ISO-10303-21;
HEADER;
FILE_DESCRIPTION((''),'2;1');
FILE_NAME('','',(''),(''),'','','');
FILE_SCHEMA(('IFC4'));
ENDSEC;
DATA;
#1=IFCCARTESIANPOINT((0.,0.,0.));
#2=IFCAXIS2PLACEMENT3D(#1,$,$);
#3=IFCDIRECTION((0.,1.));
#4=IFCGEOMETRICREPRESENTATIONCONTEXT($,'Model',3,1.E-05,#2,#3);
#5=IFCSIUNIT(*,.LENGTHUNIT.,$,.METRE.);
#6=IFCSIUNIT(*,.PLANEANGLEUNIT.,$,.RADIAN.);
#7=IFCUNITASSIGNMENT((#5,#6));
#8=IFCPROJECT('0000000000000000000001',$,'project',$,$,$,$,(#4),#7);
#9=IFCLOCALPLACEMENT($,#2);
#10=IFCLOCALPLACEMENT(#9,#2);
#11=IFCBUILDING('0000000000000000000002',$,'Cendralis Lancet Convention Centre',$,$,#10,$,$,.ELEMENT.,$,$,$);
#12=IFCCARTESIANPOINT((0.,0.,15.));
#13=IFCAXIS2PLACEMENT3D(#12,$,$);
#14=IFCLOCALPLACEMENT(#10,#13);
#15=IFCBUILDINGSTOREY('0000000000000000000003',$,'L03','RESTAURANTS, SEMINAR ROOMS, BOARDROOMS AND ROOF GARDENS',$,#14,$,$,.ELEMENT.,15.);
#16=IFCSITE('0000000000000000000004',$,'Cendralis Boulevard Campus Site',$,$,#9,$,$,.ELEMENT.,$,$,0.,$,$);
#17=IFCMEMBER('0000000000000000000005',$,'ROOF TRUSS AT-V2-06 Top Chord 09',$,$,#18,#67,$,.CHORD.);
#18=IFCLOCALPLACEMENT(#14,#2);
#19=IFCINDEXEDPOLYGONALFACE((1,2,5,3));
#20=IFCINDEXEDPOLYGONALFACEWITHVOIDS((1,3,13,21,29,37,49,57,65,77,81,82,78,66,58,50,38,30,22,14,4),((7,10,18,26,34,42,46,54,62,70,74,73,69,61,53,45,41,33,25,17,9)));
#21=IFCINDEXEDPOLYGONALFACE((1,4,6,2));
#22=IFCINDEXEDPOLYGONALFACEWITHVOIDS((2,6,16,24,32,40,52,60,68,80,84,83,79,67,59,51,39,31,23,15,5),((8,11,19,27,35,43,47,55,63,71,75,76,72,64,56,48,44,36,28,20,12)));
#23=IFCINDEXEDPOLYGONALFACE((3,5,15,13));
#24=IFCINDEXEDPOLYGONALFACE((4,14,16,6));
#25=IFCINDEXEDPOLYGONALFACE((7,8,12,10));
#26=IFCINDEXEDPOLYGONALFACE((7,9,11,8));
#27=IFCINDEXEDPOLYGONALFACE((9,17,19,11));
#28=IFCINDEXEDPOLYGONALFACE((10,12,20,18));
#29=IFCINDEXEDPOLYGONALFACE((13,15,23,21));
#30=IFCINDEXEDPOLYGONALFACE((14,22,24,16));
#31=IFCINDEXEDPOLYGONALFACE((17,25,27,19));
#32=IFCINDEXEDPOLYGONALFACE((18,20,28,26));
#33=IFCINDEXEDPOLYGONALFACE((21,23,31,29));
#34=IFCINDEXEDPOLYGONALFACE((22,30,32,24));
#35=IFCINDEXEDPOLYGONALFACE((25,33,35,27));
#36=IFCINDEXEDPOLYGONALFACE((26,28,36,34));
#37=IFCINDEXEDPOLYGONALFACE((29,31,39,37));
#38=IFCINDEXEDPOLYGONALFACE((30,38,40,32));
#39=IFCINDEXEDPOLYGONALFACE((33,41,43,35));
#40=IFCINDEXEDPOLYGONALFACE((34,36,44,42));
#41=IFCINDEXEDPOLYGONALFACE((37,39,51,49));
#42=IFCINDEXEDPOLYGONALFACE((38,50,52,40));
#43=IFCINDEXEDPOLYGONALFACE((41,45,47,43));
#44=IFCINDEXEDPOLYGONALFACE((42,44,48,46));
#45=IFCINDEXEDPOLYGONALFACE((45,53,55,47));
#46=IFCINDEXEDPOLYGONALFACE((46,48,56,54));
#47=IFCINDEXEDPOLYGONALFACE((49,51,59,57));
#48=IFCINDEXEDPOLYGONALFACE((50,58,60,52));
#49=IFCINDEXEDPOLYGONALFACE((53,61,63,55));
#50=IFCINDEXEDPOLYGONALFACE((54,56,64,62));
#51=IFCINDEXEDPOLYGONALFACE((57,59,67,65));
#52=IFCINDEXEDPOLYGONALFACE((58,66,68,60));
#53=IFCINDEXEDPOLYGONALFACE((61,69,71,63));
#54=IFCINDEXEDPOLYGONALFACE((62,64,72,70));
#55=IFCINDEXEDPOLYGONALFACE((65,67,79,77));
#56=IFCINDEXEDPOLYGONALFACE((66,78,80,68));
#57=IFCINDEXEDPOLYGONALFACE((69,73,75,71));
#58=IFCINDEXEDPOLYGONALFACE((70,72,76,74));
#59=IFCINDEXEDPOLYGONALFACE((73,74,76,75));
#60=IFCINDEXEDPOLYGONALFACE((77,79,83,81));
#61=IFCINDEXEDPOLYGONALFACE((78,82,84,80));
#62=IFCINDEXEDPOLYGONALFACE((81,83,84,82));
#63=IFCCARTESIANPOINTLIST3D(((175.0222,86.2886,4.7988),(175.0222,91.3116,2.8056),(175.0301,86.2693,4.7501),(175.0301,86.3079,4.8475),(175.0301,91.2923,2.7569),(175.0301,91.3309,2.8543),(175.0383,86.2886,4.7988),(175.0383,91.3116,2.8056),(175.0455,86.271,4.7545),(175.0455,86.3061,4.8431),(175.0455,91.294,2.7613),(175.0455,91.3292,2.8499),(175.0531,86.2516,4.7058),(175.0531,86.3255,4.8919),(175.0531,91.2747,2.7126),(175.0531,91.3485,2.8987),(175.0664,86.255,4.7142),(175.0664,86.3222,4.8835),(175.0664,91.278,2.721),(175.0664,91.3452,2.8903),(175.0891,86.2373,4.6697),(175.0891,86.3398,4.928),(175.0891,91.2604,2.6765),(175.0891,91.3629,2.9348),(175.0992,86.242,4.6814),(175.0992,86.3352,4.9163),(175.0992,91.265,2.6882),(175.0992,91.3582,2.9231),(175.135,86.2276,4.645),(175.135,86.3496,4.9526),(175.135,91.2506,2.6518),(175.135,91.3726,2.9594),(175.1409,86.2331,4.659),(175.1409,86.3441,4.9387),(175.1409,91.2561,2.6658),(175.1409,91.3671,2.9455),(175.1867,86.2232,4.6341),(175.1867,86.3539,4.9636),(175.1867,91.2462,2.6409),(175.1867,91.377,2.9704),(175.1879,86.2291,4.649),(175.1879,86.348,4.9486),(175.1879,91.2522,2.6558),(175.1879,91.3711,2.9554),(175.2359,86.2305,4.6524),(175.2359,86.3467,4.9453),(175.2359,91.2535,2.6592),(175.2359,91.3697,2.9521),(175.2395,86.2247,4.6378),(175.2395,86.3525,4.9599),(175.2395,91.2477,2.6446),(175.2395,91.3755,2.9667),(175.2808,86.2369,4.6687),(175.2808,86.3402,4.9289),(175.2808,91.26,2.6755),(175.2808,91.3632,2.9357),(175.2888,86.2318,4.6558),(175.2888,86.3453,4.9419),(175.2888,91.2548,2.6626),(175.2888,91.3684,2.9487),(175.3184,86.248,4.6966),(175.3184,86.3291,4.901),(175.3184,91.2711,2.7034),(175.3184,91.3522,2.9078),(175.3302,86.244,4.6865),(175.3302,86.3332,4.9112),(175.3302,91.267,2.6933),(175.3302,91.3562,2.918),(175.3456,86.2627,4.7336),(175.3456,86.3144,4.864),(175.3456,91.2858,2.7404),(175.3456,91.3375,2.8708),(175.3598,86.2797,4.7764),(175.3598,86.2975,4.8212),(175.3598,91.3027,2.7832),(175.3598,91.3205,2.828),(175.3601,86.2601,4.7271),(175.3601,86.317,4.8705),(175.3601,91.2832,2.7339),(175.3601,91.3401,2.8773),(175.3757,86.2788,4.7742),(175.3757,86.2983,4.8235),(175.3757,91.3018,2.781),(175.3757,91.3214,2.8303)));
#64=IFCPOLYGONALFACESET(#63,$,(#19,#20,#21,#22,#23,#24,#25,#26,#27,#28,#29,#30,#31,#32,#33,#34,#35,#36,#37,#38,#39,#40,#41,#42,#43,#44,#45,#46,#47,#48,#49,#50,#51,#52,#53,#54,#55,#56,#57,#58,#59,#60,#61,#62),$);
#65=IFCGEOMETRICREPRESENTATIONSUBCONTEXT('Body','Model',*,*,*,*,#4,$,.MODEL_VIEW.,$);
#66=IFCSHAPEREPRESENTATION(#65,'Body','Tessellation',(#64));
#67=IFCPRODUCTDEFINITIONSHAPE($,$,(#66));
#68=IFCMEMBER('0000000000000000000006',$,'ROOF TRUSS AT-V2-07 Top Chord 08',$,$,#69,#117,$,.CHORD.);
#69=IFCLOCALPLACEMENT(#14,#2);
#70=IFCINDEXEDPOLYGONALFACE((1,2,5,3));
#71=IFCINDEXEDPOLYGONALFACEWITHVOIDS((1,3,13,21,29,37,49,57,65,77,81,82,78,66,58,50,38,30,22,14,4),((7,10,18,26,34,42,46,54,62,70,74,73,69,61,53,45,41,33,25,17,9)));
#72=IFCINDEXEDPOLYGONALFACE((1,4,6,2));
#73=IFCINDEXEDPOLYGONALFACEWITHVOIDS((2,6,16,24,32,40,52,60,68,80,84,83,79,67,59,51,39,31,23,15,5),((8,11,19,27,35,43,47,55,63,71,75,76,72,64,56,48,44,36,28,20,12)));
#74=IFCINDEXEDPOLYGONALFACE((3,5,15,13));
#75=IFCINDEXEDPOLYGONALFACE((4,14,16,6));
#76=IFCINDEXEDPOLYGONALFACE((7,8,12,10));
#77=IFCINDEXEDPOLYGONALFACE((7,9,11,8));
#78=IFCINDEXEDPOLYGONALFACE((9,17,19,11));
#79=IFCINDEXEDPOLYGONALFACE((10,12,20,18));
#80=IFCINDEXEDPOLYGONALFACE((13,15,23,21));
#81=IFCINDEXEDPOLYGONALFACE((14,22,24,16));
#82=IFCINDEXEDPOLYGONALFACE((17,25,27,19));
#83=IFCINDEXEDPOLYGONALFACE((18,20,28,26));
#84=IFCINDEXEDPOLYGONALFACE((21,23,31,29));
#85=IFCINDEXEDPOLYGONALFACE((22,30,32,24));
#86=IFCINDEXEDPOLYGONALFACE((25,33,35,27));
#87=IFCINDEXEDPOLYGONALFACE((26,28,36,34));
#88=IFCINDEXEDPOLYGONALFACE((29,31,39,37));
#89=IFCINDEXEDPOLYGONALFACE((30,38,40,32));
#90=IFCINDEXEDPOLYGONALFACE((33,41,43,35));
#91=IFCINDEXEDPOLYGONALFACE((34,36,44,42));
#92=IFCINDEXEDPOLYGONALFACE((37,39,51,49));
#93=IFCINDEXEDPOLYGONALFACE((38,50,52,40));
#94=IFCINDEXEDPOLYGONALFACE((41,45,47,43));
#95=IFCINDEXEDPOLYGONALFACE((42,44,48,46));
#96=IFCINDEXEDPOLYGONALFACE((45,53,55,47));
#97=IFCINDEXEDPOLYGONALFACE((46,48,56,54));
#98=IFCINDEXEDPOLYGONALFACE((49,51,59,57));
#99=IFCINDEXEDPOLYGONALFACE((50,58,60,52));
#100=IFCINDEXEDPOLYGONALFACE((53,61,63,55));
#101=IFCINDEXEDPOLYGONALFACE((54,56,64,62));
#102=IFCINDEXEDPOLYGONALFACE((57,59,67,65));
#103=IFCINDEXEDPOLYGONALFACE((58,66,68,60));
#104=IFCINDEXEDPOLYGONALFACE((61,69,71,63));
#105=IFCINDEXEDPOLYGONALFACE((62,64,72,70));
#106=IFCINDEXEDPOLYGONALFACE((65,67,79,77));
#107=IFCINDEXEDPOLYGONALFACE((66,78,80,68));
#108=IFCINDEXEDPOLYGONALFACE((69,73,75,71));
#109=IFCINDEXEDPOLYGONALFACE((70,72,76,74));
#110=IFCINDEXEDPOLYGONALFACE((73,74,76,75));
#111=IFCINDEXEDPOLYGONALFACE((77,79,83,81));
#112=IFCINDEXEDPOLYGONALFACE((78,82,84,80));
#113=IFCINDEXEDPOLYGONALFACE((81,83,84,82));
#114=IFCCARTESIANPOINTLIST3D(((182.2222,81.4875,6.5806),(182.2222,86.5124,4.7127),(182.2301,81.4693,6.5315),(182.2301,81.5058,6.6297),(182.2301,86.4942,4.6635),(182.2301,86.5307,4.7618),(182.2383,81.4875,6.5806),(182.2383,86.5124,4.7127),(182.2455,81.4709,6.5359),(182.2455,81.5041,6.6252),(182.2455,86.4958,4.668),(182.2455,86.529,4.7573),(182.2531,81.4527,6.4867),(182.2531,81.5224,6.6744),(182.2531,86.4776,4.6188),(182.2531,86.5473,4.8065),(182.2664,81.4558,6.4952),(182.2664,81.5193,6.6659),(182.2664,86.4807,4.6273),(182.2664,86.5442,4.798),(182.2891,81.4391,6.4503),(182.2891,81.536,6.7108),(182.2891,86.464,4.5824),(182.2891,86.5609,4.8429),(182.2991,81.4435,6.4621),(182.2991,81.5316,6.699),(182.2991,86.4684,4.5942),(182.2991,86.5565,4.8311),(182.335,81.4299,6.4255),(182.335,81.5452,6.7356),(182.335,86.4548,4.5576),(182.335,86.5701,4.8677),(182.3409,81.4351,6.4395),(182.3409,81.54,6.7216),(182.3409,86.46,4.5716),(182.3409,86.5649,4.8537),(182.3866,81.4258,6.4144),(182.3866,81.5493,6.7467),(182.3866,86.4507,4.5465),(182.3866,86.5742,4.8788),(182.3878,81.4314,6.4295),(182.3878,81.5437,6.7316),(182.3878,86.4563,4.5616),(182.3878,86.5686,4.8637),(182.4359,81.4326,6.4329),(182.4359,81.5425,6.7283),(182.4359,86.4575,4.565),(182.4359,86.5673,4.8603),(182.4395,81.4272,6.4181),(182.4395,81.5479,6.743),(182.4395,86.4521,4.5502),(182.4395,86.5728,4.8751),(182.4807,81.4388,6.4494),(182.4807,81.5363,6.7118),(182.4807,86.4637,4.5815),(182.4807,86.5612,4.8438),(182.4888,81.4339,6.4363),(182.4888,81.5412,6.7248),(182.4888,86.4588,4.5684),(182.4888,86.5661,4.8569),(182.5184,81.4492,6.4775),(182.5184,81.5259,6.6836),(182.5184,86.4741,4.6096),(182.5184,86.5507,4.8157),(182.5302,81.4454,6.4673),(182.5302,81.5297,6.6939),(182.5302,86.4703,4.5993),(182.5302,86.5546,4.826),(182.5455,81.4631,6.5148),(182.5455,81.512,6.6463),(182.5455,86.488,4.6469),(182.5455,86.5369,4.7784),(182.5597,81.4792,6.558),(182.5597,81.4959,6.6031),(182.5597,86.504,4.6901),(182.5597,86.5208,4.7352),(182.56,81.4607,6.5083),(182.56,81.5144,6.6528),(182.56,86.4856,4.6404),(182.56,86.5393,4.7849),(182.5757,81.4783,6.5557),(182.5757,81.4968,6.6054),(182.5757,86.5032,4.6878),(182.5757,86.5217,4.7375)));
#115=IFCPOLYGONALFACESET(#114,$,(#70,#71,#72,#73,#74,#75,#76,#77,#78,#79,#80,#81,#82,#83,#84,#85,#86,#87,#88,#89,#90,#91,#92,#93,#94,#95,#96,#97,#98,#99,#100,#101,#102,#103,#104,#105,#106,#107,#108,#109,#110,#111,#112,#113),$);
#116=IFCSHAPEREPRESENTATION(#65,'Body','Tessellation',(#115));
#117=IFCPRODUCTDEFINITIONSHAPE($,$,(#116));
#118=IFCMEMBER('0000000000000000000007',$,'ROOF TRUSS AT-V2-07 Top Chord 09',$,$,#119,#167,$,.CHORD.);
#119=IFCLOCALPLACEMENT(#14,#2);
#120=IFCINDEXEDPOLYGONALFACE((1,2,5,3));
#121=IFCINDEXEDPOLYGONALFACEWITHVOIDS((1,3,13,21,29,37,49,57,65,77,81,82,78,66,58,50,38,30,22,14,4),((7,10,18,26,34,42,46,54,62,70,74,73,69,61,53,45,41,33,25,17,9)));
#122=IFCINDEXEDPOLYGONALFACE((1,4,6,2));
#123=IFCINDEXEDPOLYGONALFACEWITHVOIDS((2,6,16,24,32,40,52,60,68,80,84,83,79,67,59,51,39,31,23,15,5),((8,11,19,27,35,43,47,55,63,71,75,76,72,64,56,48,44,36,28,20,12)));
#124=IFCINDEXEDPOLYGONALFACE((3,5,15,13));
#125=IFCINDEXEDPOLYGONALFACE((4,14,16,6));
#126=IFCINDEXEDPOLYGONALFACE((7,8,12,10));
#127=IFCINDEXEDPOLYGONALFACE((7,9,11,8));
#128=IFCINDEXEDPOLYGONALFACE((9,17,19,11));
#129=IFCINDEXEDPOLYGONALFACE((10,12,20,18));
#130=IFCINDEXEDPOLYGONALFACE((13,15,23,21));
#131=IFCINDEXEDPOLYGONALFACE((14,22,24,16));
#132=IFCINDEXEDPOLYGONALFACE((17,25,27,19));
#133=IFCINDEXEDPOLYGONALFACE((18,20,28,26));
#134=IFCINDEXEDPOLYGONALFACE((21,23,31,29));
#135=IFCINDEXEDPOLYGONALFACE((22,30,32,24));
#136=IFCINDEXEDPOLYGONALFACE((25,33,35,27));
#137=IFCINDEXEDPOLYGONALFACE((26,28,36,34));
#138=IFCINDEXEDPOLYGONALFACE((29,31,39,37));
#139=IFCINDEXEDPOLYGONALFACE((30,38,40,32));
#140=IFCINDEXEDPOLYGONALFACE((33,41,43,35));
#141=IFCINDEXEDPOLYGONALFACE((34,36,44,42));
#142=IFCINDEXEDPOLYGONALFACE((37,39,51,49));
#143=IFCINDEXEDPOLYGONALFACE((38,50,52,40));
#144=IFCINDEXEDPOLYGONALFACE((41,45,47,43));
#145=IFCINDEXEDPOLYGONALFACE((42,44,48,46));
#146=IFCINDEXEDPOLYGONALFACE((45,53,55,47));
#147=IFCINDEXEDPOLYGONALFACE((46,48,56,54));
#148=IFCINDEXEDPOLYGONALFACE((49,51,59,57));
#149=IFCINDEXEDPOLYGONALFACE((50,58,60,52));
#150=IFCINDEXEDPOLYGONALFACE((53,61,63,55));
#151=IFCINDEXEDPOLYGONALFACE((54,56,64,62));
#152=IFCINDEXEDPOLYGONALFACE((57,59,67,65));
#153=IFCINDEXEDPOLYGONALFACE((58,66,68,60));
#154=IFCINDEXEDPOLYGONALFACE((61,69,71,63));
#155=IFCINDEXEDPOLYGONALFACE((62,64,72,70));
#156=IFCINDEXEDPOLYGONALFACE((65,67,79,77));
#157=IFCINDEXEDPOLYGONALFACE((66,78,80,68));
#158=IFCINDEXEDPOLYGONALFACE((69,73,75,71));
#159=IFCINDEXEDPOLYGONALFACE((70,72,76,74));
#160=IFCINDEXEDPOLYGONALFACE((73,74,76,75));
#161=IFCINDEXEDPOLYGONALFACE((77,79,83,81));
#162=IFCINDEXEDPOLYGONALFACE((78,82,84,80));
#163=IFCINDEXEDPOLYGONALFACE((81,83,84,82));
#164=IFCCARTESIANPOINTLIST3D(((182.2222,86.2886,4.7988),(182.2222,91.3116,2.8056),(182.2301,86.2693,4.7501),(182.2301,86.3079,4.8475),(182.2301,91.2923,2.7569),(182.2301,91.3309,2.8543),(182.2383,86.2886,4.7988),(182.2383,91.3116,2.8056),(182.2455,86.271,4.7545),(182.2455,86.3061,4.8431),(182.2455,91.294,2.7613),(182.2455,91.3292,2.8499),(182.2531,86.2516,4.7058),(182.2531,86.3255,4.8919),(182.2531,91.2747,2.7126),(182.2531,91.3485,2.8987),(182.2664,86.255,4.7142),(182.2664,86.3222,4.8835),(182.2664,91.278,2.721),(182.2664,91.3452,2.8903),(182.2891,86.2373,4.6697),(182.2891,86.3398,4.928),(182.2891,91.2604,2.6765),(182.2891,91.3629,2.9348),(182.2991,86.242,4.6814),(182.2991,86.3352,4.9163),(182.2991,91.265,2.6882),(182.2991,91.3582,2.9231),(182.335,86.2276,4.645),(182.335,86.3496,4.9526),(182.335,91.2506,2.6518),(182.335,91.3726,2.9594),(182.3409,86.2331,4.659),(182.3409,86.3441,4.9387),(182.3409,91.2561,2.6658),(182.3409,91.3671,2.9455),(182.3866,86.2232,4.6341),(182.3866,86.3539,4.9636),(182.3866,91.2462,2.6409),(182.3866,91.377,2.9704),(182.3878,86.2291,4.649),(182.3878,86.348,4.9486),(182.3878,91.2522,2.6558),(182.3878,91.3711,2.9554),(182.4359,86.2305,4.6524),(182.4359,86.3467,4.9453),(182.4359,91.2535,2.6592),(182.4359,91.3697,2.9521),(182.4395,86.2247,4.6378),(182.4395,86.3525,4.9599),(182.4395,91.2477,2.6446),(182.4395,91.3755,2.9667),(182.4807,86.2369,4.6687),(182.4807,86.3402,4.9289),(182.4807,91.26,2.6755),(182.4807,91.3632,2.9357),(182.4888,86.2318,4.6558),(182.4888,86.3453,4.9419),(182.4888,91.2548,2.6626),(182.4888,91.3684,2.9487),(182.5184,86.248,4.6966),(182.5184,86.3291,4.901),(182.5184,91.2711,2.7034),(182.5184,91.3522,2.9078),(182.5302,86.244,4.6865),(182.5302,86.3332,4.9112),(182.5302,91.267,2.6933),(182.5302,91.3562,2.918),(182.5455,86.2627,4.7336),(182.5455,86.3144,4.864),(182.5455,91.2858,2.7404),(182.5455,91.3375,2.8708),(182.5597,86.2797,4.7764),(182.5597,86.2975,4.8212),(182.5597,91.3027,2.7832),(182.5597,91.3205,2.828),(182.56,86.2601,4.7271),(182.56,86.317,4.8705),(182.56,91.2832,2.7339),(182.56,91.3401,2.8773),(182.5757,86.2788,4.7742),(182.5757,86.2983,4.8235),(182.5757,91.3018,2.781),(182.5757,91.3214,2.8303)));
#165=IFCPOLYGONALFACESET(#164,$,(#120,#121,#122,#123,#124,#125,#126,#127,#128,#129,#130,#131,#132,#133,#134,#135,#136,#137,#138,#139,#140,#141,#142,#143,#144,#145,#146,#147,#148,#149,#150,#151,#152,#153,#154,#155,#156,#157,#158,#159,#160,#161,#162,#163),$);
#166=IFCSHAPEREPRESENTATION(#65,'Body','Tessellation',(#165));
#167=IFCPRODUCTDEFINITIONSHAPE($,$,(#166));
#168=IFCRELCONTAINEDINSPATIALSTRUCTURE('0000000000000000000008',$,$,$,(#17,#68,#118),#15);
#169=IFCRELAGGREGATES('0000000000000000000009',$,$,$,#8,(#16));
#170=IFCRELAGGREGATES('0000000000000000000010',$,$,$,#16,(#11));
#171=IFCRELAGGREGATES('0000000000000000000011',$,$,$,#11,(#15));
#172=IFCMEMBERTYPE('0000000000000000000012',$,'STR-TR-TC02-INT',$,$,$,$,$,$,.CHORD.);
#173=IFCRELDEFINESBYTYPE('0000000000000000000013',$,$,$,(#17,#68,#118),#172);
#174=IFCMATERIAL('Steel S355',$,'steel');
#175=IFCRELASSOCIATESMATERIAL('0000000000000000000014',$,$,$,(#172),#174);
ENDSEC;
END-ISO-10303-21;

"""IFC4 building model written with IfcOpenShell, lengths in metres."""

from ifc_helpers import new_model, si_unit, direction, frame, origin, origin_2d, place, context, subcontext, project, spatial, hollow_circle, extrude, material, material_profile, profile_set, type_object, element, save


model = new_model("IFC4")

# Units and contexts
model_context = context("Model", 3, precision=1e-05, world=origin(), true_north=direction((0.0, 1.0)))
body_context = subcontext(model_context, "Body", "Model", "MODEL_VIEW")
ifc_project = project(units=[si_unit("LENGTHUNIT", "METRE"), si_unit("PLANEANGLEUNIT", "RADIAN")], contexts=[model_context])

# Site, building, storey
site_placement = place(None, origin())
site = spatial("IfcSite", under=ifc_project, at=site_placement, Name="Cendralis Boulevard Campus Site", CompositionType="ELEMENT", RefElevation=0.0)
building_placement = place(site_placement, origin())
building = spatial("IfcBuilding", under=site, at=building_placement, Name="Cendralis Lancet Convention Centre", CompositionType="ELEMENT")
storey_placement = place(building_placement, frame((0.0, 0.0, 15.0)))
storey = spatial("IfcBuildingStorey", under=building, at=storey_placement, Name="L03", Description="RESTAURANTS, SEMINAR ROOMS, BOARDROOMS AND ROOF GARDENS", CompositionType="ELEMENT", Elevation=15.0)

# Members
ifc_material_1 = material(Name="Steel S355", Category="steel")
ifc_material_profile_1 = material_profile(ifc_material_1, hollow_circle(Radius=0.1777, WallThickness=0.0161, at=origin_2d()), Name="CHS 355.6x16.0")
ifc_profile_set_1 = profile_set([ifc_material_profile_1], Name="Steel S355")
member_type_1 = type_object("IfcMemberType", Name="STR-TR-TC02-INT", PredefinedType="CHORD", material=ifc_profile_set_1)
member_1_placement = place(storey_placement, frame((175.2, 86.2886, 4.7988), z_axis=(0.0, 0.929495, -0.368834), x_axis=(-1.0, 0.0, 0.0)))
element("IfcMember", 1, at=member_1_placement, inside=storey, type_object=member_type_1, Name="ROOF TRUSS AT-V2-06 Top Chord 09", PredefinedType="CHORD", context=body_context, shape_type="SweptSolid", body=[
    extrude(hollow_circle(Radius=0.1777, WallThickness=0.0161, at=origin_2d()), origin(), (0.0, 0.0, 1.0), 5.4041),
])
member_2_placement = place(storey_placement, frame((182.3999, 81.4875, 6.5806), z_axis=(0.0, 0.937332, -0.348437), x_axis=(-1.0, 0.0, 0.0)))
element("IfcMember", 2, at=member_2_placement, inside=storey, type_object=member_type_1, Name="ROOF TRUSS AT-V2-07 Top Chord 08", PredefinedType="CHORD", context=body_context, shape_type="SweptSolid", body=[
    extrude(hollow_circle(Radius=0.1777, WallThickness=0.0161, at=origin_2d()), origin(), (0.0, 0.0, 1.0), 5.3608),
])
member_3_placement = place(storey_placement, frame((182.3999, 86.2886, 4.7988), z_axis=(0.0, 0.929495, -0.368834), x_axis=(-1.0, 0.0, 0.0)))
element("IfcMember", 3, at=member_3_placement, inside=storey, type_object=member_type_1, Name="ROOF TRUSS AT-V2-07 Top Chord 09", PredefinedType="CHORD", context=body_context, shape_type="SweptSolid", body=[
    extrude(hollow_circle(Radius=0.1777, WallThickness=0.0161, at=origin_2d()), origin(), (0.0, 0.0, 1.0), 5.4041),
])

save(model, "model.ifc")
